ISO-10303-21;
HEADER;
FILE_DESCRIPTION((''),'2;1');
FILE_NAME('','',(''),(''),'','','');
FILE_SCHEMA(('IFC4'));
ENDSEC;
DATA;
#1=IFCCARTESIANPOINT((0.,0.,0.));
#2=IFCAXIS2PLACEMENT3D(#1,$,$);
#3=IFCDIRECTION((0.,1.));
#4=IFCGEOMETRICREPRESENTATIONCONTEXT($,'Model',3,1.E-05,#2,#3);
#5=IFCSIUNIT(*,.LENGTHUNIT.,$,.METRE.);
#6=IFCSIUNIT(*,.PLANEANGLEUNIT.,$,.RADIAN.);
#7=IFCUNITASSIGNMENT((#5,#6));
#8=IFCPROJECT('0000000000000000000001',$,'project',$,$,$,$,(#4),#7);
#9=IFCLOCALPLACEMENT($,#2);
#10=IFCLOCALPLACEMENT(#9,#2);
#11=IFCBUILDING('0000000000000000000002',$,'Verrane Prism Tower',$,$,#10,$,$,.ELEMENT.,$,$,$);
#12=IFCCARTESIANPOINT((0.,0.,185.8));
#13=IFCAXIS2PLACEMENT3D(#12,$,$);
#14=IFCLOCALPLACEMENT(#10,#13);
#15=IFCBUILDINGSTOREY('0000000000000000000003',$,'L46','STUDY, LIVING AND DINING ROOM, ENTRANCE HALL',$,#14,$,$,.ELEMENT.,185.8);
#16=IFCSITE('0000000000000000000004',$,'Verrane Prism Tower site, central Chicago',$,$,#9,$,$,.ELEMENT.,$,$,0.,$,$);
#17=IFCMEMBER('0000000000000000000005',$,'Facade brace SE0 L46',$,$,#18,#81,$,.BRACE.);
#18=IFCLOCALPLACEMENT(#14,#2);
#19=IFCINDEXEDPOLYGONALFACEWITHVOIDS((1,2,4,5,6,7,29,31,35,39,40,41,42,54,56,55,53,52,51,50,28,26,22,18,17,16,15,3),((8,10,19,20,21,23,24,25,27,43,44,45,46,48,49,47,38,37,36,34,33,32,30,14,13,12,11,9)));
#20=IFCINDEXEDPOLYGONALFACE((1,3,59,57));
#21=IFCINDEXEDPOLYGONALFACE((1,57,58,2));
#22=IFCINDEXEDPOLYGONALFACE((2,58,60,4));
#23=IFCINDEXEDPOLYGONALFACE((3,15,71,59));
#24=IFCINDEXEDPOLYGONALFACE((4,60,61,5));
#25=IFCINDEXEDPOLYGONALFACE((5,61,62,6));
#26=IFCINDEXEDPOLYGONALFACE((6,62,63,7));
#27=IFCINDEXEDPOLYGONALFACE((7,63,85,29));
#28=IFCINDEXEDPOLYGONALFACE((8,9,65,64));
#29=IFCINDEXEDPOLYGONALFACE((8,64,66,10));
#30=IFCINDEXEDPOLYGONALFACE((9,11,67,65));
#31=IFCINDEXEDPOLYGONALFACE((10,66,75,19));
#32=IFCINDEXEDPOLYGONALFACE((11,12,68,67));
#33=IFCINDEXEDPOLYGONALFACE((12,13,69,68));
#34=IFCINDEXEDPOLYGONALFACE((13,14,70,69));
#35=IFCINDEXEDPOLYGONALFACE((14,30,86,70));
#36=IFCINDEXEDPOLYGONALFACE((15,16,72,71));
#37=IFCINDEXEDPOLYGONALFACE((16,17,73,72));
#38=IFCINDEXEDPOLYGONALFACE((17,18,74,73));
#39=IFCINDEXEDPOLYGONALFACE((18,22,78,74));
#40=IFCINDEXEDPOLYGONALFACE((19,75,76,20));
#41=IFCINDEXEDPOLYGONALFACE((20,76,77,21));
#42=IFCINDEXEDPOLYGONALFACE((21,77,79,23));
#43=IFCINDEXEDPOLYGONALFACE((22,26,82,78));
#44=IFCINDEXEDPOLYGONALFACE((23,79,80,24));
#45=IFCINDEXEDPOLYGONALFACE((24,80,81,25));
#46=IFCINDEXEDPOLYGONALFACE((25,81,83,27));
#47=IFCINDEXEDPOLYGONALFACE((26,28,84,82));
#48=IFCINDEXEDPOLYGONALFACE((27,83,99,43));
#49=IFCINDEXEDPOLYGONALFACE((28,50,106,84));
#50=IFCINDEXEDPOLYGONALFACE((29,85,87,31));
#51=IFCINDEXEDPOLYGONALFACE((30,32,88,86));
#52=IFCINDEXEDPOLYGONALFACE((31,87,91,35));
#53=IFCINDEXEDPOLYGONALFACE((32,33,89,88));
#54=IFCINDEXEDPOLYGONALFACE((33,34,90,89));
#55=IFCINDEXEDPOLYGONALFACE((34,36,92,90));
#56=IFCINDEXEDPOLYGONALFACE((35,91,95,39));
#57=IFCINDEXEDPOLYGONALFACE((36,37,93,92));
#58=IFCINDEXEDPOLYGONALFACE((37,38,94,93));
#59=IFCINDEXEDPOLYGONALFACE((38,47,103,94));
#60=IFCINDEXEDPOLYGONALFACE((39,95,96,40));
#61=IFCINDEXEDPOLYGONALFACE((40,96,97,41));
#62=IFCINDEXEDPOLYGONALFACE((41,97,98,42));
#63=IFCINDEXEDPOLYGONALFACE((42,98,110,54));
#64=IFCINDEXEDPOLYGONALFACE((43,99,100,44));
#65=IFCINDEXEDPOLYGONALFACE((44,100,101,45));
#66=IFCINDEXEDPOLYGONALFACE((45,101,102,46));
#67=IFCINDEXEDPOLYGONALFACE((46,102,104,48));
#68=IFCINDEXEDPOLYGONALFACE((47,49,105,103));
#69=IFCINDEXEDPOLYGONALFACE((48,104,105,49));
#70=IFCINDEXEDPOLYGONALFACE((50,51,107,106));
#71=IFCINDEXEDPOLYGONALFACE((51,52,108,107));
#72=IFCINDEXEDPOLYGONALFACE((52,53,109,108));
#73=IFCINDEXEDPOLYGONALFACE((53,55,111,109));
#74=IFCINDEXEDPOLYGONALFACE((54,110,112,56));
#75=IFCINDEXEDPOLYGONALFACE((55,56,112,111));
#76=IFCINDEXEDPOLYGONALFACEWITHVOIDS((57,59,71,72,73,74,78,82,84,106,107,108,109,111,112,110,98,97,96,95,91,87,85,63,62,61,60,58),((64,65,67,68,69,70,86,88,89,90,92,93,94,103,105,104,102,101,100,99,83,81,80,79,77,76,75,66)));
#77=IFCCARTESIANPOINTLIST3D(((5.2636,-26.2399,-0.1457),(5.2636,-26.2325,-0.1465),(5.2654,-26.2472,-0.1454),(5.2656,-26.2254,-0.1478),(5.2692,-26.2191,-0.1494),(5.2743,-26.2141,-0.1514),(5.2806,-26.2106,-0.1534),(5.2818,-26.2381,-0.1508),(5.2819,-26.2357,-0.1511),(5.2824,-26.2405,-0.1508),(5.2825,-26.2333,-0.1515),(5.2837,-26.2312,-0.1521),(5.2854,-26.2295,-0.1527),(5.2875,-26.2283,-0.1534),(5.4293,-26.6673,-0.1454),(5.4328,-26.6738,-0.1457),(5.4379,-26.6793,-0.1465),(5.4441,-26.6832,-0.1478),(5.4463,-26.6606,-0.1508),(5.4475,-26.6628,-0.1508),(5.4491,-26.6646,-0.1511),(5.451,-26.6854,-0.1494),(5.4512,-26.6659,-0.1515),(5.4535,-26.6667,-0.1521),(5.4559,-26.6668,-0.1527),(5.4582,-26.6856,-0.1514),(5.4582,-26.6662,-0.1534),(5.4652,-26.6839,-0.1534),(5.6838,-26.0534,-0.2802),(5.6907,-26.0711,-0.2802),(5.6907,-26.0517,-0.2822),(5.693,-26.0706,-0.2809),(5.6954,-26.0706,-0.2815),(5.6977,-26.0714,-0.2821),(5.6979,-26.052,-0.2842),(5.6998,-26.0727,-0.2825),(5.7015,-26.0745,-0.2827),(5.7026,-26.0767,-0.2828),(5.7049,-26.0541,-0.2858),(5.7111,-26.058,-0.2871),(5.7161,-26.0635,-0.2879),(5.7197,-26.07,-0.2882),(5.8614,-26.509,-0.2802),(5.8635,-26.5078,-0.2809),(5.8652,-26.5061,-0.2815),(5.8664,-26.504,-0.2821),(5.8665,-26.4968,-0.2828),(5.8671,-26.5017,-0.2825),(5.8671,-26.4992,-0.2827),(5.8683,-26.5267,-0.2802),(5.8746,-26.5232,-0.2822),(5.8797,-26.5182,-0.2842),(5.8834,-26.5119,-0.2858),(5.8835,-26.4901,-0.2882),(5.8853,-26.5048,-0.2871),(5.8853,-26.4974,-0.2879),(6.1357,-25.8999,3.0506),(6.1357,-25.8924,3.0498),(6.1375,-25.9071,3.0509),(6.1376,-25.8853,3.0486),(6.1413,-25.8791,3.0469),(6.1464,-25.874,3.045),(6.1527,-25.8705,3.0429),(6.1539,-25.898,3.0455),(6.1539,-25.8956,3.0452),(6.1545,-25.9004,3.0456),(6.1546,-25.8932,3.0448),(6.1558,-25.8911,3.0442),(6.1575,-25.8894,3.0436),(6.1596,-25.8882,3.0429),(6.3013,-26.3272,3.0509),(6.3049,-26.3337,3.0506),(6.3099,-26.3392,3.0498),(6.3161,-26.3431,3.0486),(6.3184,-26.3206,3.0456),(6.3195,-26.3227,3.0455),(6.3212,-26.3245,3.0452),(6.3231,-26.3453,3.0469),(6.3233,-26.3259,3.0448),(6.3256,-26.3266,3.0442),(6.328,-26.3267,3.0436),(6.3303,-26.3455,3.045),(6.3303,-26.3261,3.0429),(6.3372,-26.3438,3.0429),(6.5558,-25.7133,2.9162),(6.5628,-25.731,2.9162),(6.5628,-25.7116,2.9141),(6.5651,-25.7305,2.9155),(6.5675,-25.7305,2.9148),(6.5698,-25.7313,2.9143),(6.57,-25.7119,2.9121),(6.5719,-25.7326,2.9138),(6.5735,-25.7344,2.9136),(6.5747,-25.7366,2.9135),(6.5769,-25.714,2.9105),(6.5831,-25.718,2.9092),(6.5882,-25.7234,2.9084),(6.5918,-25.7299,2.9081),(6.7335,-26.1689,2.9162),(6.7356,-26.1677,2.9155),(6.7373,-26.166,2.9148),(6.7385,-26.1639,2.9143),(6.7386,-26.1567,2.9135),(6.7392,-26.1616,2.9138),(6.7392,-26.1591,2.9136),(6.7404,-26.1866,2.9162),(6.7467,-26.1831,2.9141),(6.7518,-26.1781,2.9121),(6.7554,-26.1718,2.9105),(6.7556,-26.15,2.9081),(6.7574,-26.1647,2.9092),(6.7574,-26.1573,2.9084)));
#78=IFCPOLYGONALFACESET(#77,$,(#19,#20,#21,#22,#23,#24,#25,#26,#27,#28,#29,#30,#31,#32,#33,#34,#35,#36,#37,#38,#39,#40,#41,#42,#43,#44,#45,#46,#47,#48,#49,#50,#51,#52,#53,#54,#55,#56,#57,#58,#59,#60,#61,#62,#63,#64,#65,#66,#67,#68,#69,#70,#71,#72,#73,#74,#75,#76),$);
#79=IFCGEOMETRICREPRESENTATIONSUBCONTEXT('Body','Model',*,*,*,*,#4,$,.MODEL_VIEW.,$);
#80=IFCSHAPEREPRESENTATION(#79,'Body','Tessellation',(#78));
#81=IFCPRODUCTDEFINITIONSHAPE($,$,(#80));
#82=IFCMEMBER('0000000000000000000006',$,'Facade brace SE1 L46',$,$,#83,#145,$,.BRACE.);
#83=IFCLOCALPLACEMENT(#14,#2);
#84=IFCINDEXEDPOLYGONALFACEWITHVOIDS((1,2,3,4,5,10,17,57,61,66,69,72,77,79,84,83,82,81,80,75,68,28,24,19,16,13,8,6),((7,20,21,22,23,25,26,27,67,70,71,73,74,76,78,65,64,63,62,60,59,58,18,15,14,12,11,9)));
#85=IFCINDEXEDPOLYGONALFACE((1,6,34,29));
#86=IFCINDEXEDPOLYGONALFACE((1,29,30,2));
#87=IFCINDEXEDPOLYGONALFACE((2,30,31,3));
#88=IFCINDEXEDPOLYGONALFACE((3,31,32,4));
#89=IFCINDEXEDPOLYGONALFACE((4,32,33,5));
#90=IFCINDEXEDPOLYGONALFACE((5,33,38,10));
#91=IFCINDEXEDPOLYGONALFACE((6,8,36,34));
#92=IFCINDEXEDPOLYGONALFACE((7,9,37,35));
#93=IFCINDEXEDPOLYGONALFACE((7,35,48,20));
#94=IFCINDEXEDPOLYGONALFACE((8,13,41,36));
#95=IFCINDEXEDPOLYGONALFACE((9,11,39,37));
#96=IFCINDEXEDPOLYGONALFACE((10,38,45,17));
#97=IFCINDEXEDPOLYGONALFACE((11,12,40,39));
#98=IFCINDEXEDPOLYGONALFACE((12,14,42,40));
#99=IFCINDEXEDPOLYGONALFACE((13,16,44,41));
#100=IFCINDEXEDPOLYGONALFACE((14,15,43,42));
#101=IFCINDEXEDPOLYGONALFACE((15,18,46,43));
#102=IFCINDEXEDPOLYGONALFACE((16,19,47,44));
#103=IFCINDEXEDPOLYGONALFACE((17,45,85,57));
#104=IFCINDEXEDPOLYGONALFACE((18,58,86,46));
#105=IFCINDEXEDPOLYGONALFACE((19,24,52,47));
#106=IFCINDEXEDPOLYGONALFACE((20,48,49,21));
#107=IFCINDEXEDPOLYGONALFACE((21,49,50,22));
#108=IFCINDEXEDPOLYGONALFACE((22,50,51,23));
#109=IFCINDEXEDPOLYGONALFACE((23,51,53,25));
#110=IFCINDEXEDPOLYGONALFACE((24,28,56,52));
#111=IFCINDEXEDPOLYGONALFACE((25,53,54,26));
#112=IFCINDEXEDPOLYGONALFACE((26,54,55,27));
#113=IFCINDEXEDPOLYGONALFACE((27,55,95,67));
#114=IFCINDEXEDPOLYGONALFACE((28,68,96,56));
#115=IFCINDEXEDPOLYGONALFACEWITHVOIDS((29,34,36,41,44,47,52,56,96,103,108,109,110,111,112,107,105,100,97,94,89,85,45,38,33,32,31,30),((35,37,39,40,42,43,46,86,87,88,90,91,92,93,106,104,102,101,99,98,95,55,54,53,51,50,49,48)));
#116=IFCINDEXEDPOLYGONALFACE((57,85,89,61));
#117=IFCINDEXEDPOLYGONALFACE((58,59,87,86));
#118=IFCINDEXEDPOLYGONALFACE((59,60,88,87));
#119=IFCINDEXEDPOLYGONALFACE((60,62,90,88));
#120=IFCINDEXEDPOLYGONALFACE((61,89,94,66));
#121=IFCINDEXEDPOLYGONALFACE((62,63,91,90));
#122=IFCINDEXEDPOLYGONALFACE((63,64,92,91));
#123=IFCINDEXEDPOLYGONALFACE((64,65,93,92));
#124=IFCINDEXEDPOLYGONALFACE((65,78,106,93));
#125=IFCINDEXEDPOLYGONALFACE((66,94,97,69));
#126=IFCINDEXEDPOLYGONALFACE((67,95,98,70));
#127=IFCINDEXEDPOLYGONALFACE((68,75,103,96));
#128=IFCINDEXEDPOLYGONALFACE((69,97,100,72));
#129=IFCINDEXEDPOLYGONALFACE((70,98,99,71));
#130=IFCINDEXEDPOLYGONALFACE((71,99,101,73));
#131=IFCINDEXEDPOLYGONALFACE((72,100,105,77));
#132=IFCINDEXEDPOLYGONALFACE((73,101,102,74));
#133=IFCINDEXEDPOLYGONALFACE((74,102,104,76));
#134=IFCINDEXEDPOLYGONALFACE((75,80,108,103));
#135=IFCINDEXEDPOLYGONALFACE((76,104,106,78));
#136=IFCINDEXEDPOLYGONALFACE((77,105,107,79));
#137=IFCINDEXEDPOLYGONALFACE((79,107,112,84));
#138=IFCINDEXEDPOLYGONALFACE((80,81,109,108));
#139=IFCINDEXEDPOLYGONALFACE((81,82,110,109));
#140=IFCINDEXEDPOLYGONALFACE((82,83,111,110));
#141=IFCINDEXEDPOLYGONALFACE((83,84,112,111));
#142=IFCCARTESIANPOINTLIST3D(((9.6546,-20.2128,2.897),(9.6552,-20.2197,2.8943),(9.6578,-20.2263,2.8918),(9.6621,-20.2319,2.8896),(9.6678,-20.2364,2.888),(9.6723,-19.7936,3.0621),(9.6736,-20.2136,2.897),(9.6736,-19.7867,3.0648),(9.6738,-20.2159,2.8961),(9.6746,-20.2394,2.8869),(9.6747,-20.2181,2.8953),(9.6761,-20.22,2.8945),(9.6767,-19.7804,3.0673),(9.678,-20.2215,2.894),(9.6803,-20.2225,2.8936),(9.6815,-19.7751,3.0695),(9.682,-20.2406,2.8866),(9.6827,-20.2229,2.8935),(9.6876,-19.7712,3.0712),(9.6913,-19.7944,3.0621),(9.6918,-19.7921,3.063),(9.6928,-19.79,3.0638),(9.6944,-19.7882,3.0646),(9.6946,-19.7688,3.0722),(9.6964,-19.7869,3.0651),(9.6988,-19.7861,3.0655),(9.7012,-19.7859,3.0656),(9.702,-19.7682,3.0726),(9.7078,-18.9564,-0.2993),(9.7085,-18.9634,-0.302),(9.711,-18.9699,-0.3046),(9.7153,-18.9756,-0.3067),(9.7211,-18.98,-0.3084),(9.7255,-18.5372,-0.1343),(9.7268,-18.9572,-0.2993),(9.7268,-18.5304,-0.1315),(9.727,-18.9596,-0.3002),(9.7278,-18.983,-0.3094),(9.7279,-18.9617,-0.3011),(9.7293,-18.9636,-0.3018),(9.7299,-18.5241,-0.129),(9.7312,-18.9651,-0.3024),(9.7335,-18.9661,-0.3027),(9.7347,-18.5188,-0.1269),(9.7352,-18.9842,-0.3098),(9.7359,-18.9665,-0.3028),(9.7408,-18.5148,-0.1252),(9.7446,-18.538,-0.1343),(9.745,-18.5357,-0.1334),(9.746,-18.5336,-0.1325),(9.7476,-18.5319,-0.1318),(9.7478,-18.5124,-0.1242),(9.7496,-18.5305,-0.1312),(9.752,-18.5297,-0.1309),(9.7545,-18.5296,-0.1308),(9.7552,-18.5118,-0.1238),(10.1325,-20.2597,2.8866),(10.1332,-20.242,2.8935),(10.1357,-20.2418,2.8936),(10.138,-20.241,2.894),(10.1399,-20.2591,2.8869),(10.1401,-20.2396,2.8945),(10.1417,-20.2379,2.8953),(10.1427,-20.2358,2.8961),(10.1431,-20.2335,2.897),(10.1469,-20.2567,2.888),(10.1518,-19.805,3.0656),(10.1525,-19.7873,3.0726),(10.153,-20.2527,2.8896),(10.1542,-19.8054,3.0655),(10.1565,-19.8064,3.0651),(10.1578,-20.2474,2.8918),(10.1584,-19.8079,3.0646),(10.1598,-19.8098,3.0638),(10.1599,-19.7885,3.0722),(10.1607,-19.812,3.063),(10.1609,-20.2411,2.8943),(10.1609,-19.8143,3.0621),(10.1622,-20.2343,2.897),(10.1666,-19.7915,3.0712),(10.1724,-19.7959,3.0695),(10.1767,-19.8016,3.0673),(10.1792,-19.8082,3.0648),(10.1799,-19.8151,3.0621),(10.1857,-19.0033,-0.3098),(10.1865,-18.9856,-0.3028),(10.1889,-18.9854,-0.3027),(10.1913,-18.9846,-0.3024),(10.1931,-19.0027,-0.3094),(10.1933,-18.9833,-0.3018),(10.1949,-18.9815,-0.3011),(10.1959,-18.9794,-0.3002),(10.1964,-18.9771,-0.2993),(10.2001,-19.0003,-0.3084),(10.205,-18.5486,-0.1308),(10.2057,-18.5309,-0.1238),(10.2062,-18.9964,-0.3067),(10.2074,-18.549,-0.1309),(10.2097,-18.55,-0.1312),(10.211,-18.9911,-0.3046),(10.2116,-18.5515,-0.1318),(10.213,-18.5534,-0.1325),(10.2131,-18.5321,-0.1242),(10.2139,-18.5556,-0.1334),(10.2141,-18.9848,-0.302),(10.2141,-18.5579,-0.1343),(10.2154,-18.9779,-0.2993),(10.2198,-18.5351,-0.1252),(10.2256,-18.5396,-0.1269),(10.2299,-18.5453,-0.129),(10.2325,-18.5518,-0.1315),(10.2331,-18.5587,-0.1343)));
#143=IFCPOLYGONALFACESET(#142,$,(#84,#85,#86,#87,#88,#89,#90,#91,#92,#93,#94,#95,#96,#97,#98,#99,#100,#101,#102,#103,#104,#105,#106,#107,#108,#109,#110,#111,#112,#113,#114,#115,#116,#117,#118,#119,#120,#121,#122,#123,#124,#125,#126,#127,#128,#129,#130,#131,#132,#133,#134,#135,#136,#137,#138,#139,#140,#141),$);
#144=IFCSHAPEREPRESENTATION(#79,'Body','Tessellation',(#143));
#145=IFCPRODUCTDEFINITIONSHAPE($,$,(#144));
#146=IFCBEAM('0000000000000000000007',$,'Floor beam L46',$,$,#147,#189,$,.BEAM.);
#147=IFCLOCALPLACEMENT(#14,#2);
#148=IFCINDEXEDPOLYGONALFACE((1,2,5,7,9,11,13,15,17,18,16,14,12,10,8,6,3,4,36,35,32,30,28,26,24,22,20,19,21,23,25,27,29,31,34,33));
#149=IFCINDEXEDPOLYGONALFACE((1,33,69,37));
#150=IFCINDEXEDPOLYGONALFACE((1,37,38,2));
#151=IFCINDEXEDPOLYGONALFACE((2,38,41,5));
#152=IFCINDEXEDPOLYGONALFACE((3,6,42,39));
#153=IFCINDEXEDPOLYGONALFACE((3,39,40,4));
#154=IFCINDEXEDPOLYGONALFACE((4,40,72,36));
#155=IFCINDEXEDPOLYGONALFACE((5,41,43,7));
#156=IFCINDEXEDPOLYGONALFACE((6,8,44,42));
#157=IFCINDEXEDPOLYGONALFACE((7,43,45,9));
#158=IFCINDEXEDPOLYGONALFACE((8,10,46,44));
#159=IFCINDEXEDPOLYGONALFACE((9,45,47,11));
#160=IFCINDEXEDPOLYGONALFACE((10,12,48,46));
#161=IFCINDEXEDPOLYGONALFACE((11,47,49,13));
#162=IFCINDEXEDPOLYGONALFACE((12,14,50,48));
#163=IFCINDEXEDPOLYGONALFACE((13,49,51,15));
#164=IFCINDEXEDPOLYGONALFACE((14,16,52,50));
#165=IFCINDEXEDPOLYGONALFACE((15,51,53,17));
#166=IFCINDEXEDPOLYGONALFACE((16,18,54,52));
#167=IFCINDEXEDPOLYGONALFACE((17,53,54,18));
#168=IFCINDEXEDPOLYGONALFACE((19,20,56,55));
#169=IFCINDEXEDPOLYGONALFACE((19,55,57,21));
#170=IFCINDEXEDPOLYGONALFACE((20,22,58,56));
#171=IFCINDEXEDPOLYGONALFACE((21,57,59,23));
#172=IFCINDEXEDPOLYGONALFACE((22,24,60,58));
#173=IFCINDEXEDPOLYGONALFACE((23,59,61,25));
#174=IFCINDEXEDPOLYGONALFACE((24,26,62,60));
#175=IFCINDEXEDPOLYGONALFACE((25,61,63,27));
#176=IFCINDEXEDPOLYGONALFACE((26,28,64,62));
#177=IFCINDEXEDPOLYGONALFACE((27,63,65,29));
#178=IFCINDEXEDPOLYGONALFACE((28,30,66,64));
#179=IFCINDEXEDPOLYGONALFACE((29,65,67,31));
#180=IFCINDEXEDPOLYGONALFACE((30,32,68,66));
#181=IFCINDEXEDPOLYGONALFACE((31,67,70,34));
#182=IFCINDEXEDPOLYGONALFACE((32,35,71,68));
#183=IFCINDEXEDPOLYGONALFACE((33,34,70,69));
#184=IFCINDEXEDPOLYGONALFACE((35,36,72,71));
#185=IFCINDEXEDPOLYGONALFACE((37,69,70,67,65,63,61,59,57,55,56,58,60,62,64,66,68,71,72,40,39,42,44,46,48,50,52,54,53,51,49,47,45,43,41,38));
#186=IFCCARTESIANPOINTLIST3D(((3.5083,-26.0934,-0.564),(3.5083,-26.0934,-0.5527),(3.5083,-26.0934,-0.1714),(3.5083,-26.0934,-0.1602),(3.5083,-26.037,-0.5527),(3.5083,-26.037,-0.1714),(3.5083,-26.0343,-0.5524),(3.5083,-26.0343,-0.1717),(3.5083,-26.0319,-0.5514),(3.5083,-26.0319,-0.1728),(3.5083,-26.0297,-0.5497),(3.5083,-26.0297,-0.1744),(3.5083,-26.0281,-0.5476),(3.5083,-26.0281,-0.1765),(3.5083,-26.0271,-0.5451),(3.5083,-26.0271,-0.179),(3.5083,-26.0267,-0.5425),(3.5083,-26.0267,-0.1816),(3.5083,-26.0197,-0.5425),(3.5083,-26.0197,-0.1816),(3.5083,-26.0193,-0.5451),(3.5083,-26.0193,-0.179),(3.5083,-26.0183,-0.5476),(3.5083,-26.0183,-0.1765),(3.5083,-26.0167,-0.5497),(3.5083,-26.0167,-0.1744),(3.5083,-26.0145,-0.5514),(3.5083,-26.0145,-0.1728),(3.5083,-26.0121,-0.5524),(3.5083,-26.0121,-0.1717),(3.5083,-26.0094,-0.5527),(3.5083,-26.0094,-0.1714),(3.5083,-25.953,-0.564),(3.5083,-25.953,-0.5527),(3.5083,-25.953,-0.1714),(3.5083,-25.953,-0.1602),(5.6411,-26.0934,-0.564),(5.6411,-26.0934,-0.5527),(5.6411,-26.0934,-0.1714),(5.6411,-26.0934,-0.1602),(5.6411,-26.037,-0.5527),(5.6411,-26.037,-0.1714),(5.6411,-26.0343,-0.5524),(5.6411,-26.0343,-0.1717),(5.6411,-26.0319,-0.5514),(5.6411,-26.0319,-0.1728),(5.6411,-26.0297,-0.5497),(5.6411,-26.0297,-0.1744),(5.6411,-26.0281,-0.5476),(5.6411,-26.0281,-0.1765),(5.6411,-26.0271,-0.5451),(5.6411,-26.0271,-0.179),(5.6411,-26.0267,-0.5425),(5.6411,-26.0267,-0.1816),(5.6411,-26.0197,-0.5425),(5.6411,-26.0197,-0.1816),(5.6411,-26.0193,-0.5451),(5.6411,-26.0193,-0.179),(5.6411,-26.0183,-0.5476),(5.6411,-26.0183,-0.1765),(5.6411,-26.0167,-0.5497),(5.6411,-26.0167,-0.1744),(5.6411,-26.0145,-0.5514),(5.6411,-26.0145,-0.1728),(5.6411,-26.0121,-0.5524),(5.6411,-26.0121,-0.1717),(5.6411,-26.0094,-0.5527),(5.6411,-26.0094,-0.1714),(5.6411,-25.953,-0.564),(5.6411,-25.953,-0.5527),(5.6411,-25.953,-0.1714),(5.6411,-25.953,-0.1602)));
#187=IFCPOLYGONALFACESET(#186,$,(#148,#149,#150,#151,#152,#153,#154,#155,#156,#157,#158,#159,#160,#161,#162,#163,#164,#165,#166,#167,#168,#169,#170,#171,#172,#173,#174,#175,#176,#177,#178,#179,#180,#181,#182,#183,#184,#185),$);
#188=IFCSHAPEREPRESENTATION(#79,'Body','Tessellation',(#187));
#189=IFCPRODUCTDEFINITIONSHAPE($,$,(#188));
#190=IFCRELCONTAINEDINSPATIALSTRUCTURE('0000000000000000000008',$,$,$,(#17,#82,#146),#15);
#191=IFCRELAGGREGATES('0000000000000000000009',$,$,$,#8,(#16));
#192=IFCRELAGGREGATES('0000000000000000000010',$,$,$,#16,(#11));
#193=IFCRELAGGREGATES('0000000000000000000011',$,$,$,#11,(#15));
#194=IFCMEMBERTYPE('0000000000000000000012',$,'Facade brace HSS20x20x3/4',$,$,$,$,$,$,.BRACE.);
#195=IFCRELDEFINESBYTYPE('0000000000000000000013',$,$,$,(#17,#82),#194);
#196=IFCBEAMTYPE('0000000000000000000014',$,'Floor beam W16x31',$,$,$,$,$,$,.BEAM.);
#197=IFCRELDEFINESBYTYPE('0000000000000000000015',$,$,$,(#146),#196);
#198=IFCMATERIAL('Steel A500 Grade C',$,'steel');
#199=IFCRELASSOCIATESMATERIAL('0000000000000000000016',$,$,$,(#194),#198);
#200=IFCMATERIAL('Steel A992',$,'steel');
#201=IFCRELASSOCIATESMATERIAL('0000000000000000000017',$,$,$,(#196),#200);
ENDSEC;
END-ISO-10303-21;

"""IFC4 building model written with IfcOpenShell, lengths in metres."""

from ifc_helpers import new_model, si_unit, direction, frame, origin, origin_2d, place, context, subcontext, project, spatial, hollow_rectangle, i_section, extrude, material, material_profile, profile_set, type_object, element, save


model = new_model("IFC4")

# Units and contexts
model_context = context("Model", 3, precision=1e-05, world=origin(), true_north=direction((0.0, 1.0)))
body_context = subcontext(model_context, "Body", "Model", "MODEL_VIEW")
ifc_project = project(units=[si_unit("LENGTHUNIT", "METRE"), si_unit("PLANEANGLEUNIT", "RADIAN")], contexts=[model_context])

# Site, building, storey
site_placement = place(None, origin())
site = spatial("IfcSite", under=ifc_project, at=site_placement, Name="Verrane Prism Tower site, central Chicago", CompositionType="ELEMENT", RefElevation=0.0)
building_placement = place(site_placement, origin())
building = spatial("IfcBuilding", under=site, at=building_placement, Name="Verrane Prism Tower", CompositionType="ELEMENT")
storey_placement = place(building_placement, frame((0.0, 0.0, 185.8)))
storey = spatial("IfcBuildingStorey", under=building, at=storey_placement, Name="L46", Description="STUDY, LIVING AND DINING ROOM, ENTRANCE HALL", CompositionType="ELEMENT", Elevation=185.8)

# Members
ifc_material_1 = material(Name="Steel A500 Grade C", Category="steel")
ifc_material_profile_1 = material_profile(ifc_material_1, hollow_rectangle(XDim=0.5081, YDim=0.5081, WallThickness=0.019, InnerFilletRadius=0.0095, OuterFilletRadius=0.0286, at=origin_2d()), Name="HSS20x20x3/4")
ifc_profile_set_1 = profile_set([ifc_material_profile_1], Name="Steel A500 Grade C")
member_type_1 = type_object("IfcMemberType", Name="Facade brace HSS20x20x3/4", PredefinedType="BRACE", material=ifc_profile_set_1)
member_1_placement = place(storey_placement, frame((5.5745, -26.3687, -0.2168), z_axis=(0.261841, 0.102112, 0.959694), x_axis=(-0.363327, 0.931662, 0.0)))
element("IfcMember", 1, at=member_1_placement, inside=storey, type_object=member_type_1, Name="Facade brace SE0 L46", PredefinedType="BRACE", context=body_context, shape_type="SweptSolid", body=[
    extrude(hollow_rectangle(XDim=0.5081, YDim=0.5081, WallThickness=0.019, InnerFilletRadius=0.0095, OuterFilletRadius=0.0286, at=origin_2d()), origin(), (0.0, 0.0, 1.0), 3.3306),
])
member_2_placement = place(storey_placement, frame((9.9705, -18.7576, -0.2168), z_axis=(-0.015495, -0.365776, 0.930574), x_axis=(0.999104, -0.042325, 0.0)))
element("IfcMember", 2, at=member_2_placement, inside=storey, type_object=member_type_1, Name="Facade brace SE1 L46", PredefinedType="BRACE", context=body_context, shape_type="SweptSolid", body=[
    extrude(hollow_rectangle(XDim=0.5081, YDim=0.5081, WallThickness=0.019, InnerFilletRadius=0.0095, OuterFilletRadius=0.0286, at=origin_2d()), origin(), (0.0, 0.0, 1.0), 3.4348),
])

# Beam
ifc_material_2 = material(Name="Steel A992", Category="steel")
ifc_material_profile_2 = material_profile(ifc_material_2, i_section(OverallWidth=0.1404, OverallDepth=0.4038, WebThickness=0.0071, FlangeThickness=0.0112, FilletRadius=0.0103, at=origin_2d()), Name="W16x31")
ifc_profile_set_2 = profile_set([ifc_material_profile_2], Name="Steel A992")
beam_type_1 = type_object("IfcBeamType", Name="Floor beam W16x31", PredefinedType="BEAM", material=ifc_profile_set_2)
beam_1_placement = place(storey_placement, frame((3.5083, -26.0232, -0.3621), z_axis=(1.0, 0.0, 0.0), x_axis=(0.0, 1.0, 0.0)))
element("IfcBeam", 3, at=beam_1_placement, inside=storey, type_object=beam_type_1, Name="Floor beam L46", PredefinedType="BEAM", context=body_context, shape_type="SweptSolid", body=[
    extrude(i_section(OverallWidth=0.1404, OverallDepth=0.4038, WebThickness=0.0071, FlangeThickness=0.0112, FilletRadius=0.0103, at=origin_2d()), origin(), (0.0, 0.0, 1.0), 2.1328),
])

save(model, "model.ifc")
